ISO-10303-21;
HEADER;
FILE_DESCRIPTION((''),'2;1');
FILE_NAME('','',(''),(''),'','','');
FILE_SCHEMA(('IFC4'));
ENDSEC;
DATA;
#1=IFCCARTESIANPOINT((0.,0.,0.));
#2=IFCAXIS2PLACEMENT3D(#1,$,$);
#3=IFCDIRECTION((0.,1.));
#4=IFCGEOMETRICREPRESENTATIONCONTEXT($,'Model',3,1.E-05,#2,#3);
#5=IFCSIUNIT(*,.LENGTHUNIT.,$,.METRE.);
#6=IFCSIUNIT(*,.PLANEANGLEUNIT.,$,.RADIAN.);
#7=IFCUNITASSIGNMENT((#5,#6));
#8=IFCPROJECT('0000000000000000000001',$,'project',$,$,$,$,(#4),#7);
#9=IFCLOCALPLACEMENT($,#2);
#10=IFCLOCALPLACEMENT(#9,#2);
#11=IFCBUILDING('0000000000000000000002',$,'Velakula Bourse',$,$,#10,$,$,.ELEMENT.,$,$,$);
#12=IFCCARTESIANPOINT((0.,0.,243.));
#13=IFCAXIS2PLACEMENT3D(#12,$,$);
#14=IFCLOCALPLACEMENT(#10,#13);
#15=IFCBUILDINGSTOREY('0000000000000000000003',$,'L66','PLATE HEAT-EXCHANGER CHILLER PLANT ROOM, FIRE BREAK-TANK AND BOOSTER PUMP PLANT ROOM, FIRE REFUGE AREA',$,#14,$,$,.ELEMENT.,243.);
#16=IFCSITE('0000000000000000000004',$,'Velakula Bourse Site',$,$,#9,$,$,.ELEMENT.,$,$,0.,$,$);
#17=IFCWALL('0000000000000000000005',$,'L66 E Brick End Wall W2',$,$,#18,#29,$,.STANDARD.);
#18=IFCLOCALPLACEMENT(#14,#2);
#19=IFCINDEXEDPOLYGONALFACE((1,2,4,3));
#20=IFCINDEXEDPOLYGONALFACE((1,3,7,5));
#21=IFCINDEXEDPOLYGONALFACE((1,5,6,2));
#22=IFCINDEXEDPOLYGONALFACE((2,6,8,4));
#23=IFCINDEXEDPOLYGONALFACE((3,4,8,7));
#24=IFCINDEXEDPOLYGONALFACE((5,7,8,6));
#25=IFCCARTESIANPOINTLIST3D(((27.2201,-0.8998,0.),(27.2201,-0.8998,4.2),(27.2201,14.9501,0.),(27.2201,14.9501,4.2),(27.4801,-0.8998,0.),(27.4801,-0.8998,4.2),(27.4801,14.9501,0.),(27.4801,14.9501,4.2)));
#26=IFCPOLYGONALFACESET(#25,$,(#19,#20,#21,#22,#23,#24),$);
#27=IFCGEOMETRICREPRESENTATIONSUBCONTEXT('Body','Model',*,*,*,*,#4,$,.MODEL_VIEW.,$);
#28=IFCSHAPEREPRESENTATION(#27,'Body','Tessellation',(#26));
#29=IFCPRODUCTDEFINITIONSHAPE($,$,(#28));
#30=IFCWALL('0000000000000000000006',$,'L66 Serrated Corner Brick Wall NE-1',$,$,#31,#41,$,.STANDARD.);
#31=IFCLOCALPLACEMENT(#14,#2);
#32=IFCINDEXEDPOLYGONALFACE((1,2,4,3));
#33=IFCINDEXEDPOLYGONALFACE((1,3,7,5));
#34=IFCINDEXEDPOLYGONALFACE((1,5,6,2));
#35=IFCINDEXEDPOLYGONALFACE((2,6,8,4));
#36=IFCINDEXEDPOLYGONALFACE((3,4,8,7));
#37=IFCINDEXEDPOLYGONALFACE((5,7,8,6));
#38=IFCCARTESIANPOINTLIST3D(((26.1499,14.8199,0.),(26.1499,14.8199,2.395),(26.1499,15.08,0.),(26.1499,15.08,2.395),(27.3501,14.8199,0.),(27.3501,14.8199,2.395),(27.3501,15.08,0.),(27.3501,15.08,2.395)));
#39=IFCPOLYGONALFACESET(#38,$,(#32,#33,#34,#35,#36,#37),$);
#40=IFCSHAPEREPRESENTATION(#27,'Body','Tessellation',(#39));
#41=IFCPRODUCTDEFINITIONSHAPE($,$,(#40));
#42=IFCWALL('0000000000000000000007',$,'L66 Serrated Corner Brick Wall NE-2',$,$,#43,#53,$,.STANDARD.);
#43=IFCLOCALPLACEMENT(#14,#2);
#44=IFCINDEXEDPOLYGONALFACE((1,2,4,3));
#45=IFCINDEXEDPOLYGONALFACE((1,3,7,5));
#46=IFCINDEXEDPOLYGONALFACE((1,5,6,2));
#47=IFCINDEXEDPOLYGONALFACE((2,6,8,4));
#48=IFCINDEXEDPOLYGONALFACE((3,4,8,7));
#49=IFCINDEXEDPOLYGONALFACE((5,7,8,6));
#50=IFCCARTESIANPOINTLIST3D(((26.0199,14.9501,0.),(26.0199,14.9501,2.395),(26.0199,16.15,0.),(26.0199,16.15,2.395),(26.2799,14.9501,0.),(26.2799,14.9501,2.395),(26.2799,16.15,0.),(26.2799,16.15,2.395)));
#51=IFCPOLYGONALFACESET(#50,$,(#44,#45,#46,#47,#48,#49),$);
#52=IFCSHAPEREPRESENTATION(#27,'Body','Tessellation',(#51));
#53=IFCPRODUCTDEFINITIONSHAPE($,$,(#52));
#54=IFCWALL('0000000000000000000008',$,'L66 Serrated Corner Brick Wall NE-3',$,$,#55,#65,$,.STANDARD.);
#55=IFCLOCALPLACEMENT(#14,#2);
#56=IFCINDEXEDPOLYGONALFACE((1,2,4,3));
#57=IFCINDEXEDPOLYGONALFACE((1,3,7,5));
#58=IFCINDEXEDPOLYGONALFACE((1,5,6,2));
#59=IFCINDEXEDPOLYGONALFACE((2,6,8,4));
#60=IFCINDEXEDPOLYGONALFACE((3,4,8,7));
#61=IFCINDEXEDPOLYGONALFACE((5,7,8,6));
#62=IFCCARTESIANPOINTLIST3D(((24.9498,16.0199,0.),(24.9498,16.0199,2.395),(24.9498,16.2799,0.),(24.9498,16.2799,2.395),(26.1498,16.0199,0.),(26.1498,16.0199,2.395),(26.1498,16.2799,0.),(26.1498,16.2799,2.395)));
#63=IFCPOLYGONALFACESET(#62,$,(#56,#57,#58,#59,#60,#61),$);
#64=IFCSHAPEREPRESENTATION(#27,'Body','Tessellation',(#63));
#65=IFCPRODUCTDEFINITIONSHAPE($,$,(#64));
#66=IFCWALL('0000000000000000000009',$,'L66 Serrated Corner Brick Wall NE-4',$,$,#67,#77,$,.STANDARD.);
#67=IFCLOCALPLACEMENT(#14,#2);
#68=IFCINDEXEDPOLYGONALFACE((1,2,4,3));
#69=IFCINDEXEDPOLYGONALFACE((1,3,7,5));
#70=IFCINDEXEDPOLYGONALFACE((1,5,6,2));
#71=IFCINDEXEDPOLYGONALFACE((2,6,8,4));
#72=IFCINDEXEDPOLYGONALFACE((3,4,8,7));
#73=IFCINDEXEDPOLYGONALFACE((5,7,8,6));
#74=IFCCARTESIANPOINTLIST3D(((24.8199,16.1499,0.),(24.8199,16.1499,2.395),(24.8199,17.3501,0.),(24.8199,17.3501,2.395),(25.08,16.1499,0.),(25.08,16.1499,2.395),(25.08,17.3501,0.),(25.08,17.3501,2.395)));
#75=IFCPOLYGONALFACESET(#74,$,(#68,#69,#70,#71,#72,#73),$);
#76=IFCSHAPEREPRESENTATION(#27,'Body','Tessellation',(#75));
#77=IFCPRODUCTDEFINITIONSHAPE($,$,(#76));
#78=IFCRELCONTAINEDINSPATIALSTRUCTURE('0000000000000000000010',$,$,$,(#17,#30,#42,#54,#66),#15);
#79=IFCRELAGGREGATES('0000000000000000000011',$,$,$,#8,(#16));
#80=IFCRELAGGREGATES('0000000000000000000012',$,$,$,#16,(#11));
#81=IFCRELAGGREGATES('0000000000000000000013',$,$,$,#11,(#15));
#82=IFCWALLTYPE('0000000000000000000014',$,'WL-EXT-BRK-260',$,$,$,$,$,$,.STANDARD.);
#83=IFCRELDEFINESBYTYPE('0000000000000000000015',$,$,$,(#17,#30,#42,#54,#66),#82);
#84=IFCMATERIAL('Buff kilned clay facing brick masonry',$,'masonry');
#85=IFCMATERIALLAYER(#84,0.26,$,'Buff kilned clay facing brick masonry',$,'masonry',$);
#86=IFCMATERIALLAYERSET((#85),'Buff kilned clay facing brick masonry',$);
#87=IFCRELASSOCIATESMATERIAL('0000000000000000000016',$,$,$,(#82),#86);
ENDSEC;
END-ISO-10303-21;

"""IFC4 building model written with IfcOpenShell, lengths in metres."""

from ifc_helpers import new_model, si_unit, direction, frame, frame_2d, origin, place, context, subcontext, project, spatial, rectangle, extrude, material, layer, layer_set, type_object, element, save


model = new_model("IFC4")

# Units and contexts
model_context = context("Model", 3, precision=1e-05, world=origin(), true_north=direction((0.0, 1.0)))
body_context = subcontext(model_context, "Body", "Model", "MODEL_VIEW")
ifc_project = project(units=[si_unit("LENGTHUNIT", "METRE"), si_unit("PLANEANGLEUNIT", "RADIAN")], contexts=[model_context])

# Site, building, storey
site_placement = place(None, origin())
site = spatial("IfcSite", under=ifc_project, at=site_placement, Name="Velakula Bourse Site", CompositionType="ELEMENT", RefElevation=0.0)
building_placement = place(site_placement, origin())
building = spatial("IfcBuilding", under=site, at=building_placement, Name="Velakula Bourse", CompositionType="ELEMENT")
storey_placement = place(building_placement, frame((0.0, 0.0, 243.0)))
storey = spatial("IfcBuildingStorey", under=building, at=storey_placement, Name="L66", Description="PLATE HEAT-EXCHANGER CHILLER PLANT ROOM, FIRE BREAK-TANK AND BOOSTER PUMP PLANT ROOM, FIRE REFUGE AREA", CompositionType="ELEMENT", Elevation=243.0)

# Walls
ifc_material_1 = material(Name="Buff kilned clay facing brick masonry", Category="masonry")
ifc_layer_1 = layer(ifc_material_1, 0.26, Name="Buff kilned clay facing brick masonry", Category="masonry")
ifc_layer_set_1 = layer_set([ifc_layer_1], Name="Buff kilned clay facing brick masonry")
wall_type = type_object("IfcWallType", Name="WL-EXT-BRK-260", PredefinedType="STANDARD", material=ifc_layer_set_1)
wall_1_placement = place(storey_placement, frame((27.3501, 14.95, 0.0), z_axis=(0.0, 0.0, 1.0), x_axis=(0.0, -1.0, 0.0)))
element("IfcWall", 1, at=wall_1_placement, inside=storey, type_object=wall_type, Name="L66 E Brick End Wall W2", PredefinedType="STANDARD", context=body_context, shape_type="SweptSolid", body=[
    extrude(rectangle(XDim=15.8499, YDim=0.26, at=frame_2d((7.9248, 0.0))), origin(), (0.0, 0.0, 1.0), 4.2),
])
wall_2_placement = place(storey_placement, frame((27.3501, 14.95, 0.0), z_axis=(0.0, 0.0, 1.0), x_axis=(-1.0, 0.0, 0.0)))
element("IfcWall", 2, at=wall_2_placement, inside=storey, type_object=wall_type, Name="L66 Serrated Corner Brick Wall NE-1", PredefinedType="STANDARD", context=body_context, shape_type="SweptSolid", body=[
    extrude(rectangle(XDim=1.2002, YDim=0.26, at=frame_2d((0.6001, 0.0))), origin(), (0.0, 0.0, 1.0), 2.395),
])
for number, where, z_axis, x_axis, name in (
    (3, (26.1499, 14.95, 0.0), (0.0, 0.0, 1.0), (0.0, 1.0, 0.0), "L66 Serrated Corner Brick Wall NE-2"),
    (4, (26.1499, 16.1499, 0.0), (0.0, 0.0, 1.0), (-1.0, 0.0, 0.0), "L66 Serrated Corner Brick Wall NE-3"),
):
    element("IfcWall", number, at=place(storey_placement, frame(where, z_axis=z_axis, x_axis=x_axis)), inside=storey, type_object=wall_type, Name=name, PredefinedType="STANDARD", context=body_context, shape_type="SweptSolid", body=[
        extrude(rectangle(XDim=1.2, YDim=0.26, at=frame_2d((0.6001, 0.0))), origin(), (0.0, 0.0, 1.0), 2.395),
    ])
wall_3_placement = place(storey_placement, frame((24.95, 16.1499, 0.0), z_axis=(0.0, 0.0, 1.0), x_axis=(0.0, 1.0, 0.0)))
element("IfcWall", 5, at=wall_3_placement, inside=storey, type_object=wall_type, Name="L66 Serrated Corner Brick Wall NE-4", PredefinedType="STANDARD", context=body_context, shape_type="SweptSolid", body=[
    extrude(rectangle(XDim=1.2002, YDim=0.26, at=frame_2d((0.6001, 0.0))), origin(), (0.0, 0.0, 1.0), 2.395),
])

save(model, "model.ifc")
